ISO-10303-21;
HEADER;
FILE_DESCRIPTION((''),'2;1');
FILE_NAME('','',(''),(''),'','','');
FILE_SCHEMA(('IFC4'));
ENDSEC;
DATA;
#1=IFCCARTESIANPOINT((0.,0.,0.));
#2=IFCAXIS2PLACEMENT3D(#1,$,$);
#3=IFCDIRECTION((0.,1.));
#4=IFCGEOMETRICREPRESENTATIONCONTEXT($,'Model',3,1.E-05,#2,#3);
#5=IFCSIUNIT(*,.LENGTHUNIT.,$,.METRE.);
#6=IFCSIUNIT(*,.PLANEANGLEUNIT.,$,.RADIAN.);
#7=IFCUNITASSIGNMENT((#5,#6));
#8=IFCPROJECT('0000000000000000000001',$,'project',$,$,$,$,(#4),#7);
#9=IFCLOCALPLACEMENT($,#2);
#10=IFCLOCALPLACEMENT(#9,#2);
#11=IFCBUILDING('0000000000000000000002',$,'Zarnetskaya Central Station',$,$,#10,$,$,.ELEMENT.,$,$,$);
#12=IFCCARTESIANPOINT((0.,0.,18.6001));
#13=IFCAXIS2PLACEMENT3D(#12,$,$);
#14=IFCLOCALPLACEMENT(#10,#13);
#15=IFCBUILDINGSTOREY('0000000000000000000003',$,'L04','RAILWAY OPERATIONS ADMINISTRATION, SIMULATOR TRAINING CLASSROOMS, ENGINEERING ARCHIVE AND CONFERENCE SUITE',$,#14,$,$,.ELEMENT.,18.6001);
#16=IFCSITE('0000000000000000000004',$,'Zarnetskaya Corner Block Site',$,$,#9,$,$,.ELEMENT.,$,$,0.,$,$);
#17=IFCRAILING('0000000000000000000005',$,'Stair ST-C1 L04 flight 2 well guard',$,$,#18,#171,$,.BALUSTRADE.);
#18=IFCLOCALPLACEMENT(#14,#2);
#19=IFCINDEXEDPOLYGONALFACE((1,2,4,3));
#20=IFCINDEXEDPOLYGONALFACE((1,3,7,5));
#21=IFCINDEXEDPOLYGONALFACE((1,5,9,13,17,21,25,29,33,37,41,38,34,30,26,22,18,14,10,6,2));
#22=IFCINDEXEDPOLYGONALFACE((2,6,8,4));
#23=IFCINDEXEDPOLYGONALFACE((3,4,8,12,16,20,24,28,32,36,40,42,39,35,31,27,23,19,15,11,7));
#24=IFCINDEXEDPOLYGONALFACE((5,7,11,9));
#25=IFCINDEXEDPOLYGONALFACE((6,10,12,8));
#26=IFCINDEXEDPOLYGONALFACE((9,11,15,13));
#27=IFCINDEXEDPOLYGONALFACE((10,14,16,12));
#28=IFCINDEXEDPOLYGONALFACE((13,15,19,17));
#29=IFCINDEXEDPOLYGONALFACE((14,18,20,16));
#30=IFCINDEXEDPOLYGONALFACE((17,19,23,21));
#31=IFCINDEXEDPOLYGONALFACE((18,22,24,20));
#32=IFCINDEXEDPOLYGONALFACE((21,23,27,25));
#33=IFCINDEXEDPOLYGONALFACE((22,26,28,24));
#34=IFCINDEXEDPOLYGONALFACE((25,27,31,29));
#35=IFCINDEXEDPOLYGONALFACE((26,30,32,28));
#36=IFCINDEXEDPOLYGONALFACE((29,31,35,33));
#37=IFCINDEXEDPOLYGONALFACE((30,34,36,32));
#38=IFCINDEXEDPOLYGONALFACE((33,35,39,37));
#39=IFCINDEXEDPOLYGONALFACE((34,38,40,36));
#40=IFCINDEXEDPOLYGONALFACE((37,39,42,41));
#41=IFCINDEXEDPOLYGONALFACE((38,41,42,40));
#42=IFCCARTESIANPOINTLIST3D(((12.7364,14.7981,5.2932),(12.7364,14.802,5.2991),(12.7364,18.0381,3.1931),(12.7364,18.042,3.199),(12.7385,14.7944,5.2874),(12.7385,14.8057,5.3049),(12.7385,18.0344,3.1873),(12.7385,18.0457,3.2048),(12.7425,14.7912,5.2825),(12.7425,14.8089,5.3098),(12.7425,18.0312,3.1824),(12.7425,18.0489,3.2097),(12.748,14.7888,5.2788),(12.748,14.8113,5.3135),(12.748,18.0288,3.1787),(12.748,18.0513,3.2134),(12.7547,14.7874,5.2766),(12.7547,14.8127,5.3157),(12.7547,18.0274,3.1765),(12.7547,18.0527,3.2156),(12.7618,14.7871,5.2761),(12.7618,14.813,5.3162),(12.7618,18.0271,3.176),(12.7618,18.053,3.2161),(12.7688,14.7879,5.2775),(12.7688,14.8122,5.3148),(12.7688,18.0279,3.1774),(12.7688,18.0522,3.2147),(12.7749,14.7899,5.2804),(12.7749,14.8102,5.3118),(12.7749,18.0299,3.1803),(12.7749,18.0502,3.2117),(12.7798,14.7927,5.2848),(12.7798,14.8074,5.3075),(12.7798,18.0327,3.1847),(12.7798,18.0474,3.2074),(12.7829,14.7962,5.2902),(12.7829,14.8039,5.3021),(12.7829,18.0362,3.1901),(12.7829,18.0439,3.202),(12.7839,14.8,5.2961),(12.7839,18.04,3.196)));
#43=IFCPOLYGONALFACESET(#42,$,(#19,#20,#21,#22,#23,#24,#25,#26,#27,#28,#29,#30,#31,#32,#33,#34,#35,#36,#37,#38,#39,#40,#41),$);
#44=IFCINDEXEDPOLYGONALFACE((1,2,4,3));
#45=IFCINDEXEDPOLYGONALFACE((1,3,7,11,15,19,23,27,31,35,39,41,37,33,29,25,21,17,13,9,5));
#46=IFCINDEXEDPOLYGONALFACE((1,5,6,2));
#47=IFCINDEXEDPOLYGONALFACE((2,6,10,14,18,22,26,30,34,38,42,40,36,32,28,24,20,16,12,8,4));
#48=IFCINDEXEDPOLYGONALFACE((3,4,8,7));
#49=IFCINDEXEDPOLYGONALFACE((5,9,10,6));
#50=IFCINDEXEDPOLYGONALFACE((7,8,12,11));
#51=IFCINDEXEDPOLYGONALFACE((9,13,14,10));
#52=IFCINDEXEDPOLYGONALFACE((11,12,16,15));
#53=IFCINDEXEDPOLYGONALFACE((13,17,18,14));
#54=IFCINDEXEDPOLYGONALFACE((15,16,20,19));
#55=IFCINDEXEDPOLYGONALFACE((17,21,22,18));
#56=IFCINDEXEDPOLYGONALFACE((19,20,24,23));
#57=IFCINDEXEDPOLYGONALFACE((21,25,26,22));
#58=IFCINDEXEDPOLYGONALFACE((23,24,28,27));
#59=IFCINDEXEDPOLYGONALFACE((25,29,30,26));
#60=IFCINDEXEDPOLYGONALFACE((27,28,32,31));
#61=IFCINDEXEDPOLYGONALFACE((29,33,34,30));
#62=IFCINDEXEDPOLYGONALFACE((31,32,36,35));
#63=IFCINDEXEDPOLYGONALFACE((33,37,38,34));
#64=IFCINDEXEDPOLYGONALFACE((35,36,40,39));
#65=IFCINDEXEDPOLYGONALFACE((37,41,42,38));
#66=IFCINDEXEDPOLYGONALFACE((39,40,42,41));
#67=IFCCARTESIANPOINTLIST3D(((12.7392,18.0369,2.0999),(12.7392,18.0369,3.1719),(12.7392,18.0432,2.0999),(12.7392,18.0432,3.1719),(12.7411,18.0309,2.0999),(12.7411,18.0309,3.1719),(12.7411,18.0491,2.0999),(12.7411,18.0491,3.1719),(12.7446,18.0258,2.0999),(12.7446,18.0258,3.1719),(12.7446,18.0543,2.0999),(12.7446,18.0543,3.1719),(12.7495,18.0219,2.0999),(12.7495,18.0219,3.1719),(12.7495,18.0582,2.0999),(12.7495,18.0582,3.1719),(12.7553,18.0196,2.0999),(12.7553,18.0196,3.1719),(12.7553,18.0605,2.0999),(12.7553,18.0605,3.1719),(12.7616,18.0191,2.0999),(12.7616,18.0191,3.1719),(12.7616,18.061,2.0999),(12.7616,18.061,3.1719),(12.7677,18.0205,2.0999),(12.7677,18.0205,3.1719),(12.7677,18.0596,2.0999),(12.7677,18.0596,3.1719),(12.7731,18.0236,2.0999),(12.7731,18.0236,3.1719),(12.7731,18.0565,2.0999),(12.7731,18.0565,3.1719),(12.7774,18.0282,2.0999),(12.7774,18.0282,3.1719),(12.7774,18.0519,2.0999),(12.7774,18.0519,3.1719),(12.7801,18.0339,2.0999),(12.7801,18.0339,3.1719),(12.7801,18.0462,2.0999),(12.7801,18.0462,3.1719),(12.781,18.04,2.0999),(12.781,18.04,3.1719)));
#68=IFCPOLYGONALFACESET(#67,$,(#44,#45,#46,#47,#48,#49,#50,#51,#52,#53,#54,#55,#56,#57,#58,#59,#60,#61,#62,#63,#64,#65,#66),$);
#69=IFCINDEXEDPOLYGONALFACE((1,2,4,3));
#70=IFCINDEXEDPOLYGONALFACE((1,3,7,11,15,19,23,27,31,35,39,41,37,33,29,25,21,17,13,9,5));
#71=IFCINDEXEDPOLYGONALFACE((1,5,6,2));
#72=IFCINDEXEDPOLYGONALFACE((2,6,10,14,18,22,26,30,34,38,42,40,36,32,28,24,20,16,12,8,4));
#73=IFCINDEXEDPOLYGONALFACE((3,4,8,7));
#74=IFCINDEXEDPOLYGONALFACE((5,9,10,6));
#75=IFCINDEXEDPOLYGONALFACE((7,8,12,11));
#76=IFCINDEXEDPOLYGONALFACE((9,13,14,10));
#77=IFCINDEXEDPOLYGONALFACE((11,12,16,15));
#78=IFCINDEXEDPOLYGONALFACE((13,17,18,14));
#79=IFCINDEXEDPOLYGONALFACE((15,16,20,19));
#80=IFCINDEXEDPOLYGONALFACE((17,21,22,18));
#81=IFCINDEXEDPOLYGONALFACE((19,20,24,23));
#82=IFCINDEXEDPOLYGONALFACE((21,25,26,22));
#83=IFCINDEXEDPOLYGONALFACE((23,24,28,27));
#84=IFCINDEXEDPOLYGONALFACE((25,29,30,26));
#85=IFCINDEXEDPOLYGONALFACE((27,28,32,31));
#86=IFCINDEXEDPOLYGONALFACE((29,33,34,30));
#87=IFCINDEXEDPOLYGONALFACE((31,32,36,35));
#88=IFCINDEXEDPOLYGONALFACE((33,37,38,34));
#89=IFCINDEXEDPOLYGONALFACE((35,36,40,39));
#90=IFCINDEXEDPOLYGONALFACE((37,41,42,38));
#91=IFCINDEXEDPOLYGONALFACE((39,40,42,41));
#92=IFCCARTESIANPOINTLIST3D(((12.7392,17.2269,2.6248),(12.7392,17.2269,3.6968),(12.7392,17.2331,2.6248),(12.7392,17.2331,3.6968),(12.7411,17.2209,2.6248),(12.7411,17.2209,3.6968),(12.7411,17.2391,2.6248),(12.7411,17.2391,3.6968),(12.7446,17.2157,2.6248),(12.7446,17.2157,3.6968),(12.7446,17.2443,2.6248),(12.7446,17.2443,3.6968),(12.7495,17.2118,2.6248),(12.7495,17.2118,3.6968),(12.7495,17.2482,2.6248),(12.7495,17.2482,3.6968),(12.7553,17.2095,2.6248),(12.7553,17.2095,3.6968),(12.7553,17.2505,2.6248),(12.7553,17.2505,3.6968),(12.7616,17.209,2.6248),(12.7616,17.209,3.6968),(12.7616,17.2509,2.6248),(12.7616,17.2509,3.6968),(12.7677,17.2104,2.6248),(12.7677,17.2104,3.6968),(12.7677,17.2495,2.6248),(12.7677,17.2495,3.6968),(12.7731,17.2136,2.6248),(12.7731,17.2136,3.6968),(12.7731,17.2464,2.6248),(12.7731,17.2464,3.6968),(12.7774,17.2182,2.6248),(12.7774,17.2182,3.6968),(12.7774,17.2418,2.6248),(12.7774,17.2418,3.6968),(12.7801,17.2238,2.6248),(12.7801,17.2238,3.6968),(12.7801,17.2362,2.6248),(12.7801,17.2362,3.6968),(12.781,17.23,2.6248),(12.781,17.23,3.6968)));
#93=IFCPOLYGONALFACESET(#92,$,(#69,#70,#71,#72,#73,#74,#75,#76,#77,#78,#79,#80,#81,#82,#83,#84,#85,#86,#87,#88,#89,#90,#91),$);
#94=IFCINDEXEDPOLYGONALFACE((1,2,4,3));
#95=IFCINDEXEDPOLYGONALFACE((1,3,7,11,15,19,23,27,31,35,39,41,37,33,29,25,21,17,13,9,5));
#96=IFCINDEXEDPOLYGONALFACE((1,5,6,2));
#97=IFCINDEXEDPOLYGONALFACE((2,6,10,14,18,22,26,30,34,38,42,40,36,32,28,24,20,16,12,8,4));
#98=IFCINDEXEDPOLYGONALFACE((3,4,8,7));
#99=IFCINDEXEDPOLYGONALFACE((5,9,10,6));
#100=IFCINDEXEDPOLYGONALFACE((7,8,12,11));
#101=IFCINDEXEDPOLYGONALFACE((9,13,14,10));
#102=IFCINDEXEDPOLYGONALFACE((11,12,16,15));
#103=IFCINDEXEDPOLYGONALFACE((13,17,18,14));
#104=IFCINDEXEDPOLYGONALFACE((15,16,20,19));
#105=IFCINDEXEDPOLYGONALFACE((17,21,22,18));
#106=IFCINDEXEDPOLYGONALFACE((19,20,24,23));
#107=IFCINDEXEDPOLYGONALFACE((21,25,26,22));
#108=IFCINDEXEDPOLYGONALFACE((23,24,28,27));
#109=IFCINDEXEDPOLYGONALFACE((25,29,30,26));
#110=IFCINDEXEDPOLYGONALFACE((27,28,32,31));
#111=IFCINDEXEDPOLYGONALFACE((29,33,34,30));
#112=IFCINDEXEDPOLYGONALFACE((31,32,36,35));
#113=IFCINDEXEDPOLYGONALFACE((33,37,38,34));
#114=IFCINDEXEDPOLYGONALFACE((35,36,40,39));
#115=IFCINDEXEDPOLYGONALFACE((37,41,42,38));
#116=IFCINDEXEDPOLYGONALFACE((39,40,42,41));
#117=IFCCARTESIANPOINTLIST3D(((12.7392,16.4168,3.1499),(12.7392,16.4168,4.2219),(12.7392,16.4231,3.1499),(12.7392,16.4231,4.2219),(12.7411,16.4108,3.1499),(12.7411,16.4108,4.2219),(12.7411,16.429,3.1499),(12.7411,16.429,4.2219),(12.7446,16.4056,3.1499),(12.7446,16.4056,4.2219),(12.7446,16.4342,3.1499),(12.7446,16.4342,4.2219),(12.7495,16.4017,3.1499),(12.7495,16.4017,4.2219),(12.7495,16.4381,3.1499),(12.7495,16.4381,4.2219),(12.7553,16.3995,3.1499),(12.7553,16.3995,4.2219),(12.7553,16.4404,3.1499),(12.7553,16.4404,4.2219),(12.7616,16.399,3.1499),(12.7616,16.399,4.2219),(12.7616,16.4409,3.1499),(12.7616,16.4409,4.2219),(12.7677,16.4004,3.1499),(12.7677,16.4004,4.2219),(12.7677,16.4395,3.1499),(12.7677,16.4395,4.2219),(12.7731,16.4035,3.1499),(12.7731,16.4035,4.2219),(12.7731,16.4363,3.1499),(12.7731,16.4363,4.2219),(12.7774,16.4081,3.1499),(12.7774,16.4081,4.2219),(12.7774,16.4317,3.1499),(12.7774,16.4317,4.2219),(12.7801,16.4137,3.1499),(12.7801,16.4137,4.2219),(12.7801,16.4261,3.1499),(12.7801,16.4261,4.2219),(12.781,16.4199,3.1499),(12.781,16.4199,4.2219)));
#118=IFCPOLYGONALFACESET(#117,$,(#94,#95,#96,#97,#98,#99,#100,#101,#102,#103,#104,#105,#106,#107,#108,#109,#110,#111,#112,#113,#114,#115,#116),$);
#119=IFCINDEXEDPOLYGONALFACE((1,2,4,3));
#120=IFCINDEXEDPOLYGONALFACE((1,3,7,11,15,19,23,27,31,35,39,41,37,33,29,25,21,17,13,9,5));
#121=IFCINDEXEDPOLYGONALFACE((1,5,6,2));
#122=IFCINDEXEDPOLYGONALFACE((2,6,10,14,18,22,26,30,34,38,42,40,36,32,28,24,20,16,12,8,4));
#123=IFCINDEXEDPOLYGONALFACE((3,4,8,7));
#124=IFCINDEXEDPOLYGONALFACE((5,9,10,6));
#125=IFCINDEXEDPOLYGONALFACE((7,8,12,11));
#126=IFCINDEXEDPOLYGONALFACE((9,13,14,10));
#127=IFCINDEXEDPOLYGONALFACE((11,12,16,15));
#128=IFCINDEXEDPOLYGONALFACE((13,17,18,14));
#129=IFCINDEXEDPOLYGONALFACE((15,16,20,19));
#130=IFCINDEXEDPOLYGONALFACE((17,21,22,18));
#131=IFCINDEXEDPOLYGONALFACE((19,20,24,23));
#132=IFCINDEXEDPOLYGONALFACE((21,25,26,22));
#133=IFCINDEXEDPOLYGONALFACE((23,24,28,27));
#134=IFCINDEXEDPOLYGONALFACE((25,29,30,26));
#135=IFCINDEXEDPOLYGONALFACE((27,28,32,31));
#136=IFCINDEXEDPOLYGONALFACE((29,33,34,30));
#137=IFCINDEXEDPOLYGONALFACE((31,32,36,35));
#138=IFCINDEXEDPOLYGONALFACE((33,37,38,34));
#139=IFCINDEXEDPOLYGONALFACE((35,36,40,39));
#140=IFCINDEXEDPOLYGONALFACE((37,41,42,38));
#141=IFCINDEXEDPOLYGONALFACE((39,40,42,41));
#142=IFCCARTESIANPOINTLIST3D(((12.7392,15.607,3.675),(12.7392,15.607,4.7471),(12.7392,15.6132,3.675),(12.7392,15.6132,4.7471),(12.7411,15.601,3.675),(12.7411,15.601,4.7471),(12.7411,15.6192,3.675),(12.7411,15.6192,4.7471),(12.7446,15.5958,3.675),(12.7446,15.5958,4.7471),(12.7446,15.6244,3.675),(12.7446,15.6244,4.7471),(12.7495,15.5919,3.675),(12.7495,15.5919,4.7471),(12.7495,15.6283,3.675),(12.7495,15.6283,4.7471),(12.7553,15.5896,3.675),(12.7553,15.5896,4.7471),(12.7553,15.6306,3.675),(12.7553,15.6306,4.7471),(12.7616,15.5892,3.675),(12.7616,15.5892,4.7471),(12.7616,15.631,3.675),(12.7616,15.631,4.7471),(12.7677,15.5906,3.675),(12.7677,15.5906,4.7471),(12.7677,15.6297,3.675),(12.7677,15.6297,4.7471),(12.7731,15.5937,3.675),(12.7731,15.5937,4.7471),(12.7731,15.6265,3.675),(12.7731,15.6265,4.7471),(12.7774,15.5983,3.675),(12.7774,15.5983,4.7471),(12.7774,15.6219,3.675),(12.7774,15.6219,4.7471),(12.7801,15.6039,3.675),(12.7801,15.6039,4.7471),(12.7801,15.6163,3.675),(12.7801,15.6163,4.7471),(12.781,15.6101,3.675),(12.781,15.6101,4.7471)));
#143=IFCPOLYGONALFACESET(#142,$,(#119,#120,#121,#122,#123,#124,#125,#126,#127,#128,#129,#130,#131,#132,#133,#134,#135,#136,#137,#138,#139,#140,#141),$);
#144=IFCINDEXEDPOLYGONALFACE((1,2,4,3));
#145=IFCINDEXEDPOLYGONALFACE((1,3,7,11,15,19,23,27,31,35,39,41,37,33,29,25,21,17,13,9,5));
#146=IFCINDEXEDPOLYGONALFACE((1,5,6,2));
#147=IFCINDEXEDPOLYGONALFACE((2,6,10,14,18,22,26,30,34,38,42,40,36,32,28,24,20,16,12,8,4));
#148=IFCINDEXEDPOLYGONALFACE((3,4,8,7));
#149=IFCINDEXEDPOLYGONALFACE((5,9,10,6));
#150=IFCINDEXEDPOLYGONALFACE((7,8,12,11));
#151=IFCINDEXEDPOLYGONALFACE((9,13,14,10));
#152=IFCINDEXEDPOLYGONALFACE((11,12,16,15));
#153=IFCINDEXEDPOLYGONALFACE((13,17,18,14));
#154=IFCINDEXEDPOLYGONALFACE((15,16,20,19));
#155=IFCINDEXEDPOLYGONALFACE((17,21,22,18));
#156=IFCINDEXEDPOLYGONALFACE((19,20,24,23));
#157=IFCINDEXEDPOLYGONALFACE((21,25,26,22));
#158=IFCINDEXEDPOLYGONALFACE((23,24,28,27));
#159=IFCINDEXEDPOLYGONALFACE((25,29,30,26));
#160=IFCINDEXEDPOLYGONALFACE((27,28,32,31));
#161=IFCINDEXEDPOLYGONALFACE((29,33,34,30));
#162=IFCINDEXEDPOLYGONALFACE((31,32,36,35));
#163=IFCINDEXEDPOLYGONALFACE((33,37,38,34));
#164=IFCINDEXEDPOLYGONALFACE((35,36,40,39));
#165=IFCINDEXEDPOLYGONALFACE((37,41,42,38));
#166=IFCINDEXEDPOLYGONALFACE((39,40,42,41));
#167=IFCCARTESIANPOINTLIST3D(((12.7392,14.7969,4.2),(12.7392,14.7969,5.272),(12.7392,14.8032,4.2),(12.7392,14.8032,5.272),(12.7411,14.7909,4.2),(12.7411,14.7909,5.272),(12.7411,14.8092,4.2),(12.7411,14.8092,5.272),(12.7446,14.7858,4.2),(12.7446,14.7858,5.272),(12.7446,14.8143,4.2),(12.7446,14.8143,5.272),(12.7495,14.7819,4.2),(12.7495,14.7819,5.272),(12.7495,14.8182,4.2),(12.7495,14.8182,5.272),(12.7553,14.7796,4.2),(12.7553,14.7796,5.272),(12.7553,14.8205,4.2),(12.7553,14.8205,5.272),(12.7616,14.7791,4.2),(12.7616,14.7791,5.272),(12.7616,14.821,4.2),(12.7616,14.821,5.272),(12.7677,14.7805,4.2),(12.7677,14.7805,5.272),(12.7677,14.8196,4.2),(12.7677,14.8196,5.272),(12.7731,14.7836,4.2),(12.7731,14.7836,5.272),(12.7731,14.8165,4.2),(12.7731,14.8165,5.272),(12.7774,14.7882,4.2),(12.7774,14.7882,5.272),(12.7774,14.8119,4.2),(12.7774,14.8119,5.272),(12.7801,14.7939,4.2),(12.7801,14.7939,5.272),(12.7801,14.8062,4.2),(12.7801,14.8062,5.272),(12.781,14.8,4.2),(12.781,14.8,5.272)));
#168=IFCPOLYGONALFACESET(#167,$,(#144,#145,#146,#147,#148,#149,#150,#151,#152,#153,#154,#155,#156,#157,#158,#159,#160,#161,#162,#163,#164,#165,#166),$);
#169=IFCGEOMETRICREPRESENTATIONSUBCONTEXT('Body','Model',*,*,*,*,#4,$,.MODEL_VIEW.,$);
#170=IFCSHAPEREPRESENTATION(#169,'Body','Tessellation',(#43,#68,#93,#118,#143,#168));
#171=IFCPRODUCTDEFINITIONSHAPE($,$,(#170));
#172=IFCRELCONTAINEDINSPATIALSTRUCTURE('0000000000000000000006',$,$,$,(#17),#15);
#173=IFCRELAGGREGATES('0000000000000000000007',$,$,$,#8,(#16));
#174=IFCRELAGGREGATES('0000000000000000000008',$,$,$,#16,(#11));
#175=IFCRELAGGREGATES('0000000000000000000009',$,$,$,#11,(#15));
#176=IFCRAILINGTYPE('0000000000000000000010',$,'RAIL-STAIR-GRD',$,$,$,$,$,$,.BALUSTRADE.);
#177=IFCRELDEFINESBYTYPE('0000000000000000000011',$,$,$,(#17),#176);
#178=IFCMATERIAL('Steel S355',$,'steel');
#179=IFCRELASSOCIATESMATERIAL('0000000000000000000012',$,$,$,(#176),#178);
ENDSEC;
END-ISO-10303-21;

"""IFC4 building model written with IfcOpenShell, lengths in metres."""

from ifc_helpers import new_model, si_unit, direction, frame, origin, origin_2d, place, context, subcontext, project, spatial, circle, extrude, material, type_object, element, save


model = new_model("IFC4")

# Units and contexts
model_context = context("Model", 3, precision=1e-05, world=origin(), true_north=direction((0.0, 1.0)))
body_context = subcontext(model_context, "Body", "Model", "MODEL_VIEW")
ifc_project = project(units=[si_unit("LENGTHUNIT", "METRE"), si_unit("PLANEANGLEUNIT", "RADIAN")], contexts=[model_context])

# Site, building, storey
site_placement = place(None, origin())
site = spatial("IfcSite", under=ifc_project, at=site_placement, Name="Zarnetskaya Corner Block Site", CompositionType="ELEMENT", RefElevation=0.0)
building_placement = place(site_placement, origin())
building = spatial("IfcBuilding", under=site, at=building_placement, Name="Zarnetskaya Central Station", CompositionType="ELEMENT")
storey_placement = place(building_placement, frame((0.0, 0.0, 18.6001)))
storey = spatial("IfcBuildingStorey", under=building, at=storey_placement, Name="L04", Description="RAILWAY OPERATIONS ADMINISTRATION, SIMULATOR TRAINING CLASSROOMS, ENGINEERING ARCHIVE AND CONFERENCE SUITE", CompositionType="ELEMENT", Elevation=18.6001)

# Shared definitions
ifc_material_1 = material(Name="Steel S355", Category="steel")

# Railing
railing_type_1 = type_object("IfcRailingType", Name="RAIL-STAIR-GRD", PredefinedType="BALUSTRADE", material=ifc_material_1)
railing_1_placement = place(storey_placement, frame((12.76, 18.04, 2.0999)))
element("IfcRailing", 1, at=railing_1_placement, inside=storey, type_object=railing_type_1, Name="Stair ST-C1 L04 flight 2 well guard", PredefinedType="BALUSTRADE", context=body_context, shape_type="SweptSolid", body=[
    extrude(circle(Radius=0.0239, at=origin_2d()), frame((0.0, 0.0, 1.0962), z_axis=(0.0, -0.839141, 0.543914), x_axis=(1.0, 0.0, 0.0)), (0.0, 0.0, 1.0), 3.8611),
    extrude(circle(Radius=0.021, at=origin_2d()), origin(), (0.0, 0.0, 1.0), 1.072),
    extrude(circle(Radius=0.021, at=origin_2d()), frame((0.0, -0.8101, 0.5249)), (0.0, 0.0, 1.0), 1.072),
    extrude(circle(Radius=0.021, at=origin_2d()), frame((0.0, -1.6201, 1.05)), (0.0, 0.0, 1.0), 1.072),
    extrude(circle(Radius=0.021, at=origin_2d()), frame((0.0, -2.4299, 1.5752)), (0.0, 0.0, 1.0), 1.072),
    extrude(circle(Radius=0.021, at=origin_2d()), frame((0.0, -3.24, 2.1001)), (0.0, 0.0, 1.0), 1.072),
])

save(model, "model.ifc")
